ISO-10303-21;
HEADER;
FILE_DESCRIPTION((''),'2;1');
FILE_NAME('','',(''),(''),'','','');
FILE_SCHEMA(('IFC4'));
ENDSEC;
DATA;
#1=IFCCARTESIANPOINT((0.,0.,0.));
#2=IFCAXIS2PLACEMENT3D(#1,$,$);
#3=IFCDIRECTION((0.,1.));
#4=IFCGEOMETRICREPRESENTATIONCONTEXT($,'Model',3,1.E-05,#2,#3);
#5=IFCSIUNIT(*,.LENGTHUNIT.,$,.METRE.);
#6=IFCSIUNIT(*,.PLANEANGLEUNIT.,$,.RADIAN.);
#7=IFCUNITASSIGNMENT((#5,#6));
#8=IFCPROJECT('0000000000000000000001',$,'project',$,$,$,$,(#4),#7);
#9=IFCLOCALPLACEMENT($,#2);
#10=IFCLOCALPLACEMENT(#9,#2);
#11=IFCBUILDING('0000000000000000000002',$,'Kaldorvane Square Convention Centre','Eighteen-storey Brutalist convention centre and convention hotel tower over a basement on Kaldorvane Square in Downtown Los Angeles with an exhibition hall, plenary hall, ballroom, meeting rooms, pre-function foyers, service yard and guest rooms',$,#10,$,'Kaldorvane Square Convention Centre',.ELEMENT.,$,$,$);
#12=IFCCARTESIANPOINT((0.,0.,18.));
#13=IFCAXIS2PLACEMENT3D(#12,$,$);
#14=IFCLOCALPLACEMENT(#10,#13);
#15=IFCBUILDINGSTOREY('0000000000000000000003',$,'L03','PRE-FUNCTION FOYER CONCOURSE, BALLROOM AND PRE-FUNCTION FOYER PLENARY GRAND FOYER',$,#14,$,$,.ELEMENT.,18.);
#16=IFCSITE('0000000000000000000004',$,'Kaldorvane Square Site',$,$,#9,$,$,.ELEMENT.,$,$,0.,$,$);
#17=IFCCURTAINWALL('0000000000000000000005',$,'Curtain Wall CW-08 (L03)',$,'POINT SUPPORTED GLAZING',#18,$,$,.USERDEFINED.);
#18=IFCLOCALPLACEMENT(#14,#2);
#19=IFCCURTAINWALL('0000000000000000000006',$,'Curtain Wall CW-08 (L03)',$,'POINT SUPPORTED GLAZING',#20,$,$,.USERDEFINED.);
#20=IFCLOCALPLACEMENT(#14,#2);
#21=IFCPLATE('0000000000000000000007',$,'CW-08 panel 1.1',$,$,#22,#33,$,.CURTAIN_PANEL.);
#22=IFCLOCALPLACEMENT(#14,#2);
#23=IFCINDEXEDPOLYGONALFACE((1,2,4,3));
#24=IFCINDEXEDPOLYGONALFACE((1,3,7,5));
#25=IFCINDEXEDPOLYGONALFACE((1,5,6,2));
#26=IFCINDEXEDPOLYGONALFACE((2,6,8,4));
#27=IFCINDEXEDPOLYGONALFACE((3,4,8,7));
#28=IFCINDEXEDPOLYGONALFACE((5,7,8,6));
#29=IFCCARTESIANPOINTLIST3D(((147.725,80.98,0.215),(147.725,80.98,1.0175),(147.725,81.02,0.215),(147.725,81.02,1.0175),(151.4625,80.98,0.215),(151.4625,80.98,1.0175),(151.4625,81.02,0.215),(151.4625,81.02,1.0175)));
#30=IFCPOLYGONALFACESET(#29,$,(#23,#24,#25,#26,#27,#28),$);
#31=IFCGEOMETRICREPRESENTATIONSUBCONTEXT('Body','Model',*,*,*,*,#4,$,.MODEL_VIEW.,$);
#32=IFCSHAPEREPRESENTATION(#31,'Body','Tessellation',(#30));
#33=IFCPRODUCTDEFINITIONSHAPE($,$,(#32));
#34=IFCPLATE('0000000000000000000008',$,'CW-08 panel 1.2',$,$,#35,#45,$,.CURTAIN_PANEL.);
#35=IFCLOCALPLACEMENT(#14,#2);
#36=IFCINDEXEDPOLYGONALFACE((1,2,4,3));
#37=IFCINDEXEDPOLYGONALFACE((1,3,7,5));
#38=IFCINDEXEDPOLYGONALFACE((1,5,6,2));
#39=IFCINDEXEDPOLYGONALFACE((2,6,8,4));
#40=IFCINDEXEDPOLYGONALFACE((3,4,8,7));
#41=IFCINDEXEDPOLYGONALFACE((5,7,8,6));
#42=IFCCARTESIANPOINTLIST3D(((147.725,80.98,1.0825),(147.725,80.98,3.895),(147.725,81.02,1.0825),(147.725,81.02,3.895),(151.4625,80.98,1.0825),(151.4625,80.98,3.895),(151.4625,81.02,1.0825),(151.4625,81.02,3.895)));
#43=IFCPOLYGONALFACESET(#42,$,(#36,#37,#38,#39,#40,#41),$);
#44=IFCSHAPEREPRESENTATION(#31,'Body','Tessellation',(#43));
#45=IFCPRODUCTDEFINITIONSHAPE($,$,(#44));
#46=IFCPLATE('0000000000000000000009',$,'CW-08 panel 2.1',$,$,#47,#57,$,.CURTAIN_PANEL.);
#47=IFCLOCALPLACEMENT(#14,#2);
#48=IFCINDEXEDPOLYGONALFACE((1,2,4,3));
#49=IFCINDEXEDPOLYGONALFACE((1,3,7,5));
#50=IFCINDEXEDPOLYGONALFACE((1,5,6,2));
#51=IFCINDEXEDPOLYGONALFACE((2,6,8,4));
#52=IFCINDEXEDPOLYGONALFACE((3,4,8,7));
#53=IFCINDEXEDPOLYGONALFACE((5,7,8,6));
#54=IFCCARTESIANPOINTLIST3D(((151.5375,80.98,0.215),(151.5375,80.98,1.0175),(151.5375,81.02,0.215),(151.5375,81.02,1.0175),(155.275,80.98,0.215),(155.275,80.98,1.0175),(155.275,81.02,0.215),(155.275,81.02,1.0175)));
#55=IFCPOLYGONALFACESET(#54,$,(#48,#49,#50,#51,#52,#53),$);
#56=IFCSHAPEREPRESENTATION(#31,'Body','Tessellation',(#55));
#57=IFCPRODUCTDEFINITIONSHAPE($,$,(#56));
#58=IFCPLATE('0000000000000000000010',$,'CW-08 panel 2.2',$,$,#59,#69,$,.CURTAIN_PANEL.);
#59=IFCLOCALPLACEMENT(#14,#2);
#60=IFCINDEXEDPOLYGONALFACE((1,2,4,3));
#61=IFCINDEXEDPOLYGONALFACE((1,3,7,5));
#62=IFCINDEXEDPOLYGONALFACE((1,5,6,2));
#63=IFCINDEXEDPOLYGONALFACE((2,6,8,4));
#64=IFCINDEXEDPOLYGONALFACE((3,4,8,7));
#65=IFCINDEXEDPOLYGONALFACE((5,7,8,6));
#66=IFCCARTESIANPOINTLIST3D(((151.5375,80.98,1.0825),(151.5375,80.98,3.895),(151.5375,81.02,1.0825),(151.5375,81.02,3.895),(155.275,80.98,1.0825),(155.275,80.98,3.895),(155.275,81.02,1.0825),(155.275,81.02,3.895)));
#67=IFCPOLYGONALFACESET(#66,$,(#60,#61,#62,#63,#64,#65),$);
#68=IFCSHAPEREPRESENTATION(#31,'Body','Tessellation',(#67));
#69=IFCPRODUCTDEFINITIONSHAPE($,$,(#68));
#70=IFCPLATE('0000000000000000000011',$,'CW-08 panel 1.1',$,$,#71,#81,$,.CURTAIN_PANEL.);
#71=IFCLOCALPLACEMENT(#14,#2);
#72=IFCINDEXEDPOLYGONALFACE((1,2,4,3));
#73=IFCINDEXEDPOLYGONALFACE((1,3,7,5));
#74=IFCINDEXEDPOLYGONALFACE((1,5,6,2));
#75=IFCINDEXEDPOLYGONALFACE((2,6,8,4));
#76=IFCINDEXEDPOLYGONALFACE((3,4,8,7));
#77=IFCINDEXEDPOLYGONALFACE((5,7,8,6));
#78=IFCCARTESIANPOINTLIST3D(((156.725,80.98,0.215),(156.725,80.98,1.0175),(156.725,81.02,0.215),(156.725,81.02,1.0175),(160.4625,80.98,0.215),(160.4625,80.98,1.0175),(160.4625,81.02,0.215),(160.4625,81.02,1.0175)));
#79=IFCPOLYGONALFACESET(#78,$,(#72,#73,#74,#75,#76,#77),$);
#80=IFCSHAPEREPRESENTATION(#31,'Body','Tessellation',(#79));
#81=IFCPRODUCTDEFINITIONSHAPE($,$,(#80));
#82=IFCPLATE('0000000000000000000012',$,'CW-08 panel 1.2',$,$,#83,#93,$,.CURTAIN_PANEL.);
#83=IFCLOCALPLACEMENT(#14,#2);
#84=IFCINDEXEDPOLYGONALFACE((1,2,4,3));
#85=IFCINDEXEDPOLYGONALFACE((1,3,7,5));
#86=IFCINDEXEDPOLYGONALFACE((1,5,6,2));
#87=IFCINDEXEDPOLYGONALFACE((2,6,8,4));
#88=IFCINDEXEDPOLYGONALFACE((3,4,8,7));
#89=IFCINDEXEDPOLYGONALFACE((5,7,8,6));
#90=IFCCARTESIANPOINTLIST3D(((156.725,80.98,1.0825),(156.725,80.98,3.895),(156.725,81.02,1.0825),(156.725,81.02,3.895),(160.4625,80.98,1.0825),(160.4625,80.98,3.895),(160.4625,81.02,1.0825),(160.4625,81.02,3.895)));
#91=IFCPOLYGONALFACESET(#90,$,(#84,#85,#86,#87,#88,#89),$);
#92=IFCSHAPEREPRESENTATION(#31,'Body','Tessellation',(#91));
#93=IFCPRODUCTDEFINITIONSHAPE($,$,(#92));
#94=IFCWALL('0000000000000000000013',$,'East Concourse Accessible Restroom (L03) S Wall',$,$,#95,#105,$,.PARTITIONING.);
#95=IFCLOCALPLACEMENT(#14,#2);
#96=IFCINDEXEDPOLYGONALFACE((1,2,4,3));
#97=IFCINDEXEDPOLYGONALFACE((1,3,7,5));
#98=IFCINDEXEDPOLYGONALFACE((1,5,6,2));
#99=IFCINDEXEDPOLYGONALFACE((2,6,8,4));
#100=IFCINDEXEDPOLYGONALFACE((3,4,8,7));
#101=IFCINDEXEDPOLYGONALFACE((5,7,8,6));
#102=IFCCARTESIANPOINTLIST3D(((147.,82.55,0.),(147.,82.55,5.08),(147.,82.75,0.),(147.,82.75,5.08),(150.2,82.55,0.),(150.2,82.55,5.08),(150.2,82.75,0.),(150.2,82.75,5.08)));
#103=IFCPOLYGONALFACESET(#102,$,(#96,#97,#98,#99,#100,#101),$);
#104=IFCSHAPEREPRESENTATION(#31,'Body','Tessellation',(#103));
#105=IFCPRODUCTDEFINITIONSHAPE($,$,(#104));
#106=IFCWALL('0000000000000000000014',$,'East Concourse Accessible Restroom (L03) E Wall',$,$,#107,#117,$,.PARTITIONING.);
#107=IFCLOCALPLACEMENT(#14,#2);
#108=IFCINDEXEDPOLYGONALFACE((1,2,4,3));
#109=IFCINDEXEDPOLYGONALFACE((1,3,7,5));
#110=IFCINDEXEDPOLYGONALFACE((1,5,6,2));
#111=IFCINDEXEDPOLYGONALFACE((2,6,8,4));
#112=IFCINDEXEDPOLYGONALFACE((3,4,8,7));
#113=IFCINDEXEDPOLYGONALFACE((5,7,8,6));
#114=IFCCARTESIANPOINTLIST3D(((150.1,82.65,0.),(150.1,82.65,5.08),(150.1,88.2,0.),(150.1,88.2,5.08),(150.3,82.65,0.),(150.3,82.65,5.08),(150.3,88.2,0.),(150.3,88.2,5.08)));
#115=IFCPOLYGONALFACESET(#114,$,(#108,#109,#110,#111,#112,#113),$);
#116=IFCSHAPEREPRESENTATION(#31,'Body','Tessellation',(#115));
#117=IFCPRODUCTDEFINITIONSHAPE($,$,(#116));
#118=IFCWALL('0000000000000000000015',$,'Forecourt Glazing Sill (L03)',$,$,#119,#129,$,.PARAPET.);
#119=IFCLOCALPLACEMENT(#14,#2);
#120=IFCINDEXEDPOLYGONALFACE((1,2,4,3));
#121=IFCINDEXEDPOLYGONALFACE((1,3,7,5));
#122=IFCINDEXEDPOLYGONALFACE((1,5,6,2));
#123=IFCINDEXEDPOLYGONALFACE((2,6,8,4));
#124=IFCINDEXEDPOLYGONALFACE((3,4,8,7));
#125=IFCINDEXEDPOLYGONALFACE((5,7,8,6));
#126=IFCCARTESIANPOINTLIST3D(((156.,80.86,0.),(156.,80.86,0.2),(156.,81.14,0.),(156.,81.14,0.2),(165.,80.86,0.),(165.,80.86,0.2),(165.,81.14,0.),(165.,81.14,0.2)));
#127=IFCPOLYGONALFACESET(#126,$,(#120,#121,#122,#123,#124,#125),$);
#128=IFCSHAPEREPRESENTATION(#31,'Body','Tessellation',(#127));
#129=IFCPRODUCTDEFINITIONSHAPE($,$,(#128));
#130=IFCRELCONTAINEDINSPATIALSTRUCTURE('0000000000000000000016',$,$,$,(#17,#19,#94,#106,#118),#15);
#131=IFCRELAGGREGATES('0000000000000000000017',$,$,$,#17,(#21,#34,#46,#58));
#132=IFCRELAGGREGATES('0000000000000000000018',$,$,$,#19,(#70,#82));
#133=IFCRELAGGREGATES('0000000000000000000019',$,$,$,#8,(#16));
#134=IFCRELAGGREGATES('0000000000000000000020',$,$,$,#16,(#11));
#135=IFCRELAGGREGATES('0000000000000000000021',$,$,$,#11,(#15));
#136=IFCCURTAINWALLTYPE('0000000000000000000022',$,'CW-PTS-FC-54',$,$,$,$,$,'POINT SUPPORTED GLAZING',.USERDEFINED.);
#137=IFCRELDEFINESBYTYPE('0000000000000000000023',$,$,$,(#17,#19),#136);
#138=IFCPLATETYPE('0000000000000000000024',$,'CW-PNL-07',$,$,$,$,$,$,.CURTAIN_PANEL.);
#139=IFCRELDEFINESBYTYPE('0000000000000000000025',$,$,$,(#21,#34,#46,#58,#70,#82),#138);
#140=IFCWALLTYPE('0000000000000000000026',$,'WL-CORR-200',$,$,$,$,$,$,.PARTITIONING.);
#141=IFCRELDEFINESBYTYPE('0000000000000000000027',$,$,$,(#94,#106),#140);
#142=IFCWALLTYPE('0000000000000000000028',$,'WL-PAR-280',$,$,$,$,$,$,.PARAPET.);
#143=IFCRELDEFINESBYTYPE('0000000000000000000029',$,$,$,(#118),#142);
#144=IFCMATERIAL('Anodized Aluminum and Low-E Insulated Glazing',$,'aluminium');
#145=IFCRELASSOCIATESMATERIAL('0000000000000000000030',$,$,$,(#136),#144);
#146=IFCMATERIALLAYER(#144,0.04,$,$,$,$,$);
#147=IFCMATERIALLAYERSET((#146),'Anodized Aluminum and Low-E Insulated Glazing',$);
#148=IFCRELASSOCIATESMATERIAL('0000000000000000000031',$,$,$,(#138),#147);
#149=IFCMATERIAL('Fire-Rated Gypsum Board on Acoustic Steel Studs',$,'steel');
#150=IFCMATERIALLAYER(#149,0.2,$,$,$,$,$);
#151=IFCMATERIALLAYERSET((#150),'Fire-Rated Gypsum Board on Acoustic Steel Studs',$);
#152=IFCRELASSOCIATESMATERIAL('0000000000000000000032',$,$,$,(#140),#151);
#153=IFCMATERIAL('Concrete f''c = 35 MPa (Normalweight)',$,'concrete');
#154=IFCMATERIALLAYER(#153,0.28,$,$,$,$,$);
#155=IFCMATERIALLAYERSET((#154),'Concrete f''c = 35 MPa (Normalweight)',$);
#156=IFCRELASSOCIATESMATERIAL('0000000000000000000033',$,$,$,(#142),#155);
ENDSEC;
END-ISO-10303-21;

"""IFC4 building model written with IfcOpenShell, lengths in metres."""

from ifc_helpers import new_model, si_unit, direction, frame, frame_2d, origin, origin_2d, place, context, subcontext, project, spatial, rectangle, extrude, material, layer, layer_set, type_object, element, aggregate, save


model = new_model("IFC4")

# Units and contexts
model_context = context("Model", 3, precision=1e-05, world=origin(), true_north=direction((0.0, 1.0)))
body_context = subcontext(model_context, "Body", "Model", "MODEL_VIEW")
ifc_project = project(units=[si_unit("LENGTHUNIT", "METRE"), si_unit("PLANEANGLEUNIT", "RADIAN")], contexts=[model_context])

# Site, building, storey
site_placement = place(None, origin())
site = spatial("IfcSite", under=ifc_project, at=site_placement, Name="Kaldorvane Square Site", CompositionType="ELEMENT", RefElevation=0.0)
building_placement = place(site_placement, origin())
building = spatial("IfcBuilding", under=site, at=building_placement, Name="Kaldorvane Square Convention Centre", Description="Eighteen-storey Brutalist convention centre and convention hotel tower over a basement on Kaldorvane Square in Downtown Los Angeles with an exhibition hall, plenary hall, ballroom, meeting rooms, pre-function foyers, service yard and guest rooms", LongName="Kaldorvane Square Convention Centre", CompositionType="ELEMENT")
storey_placement = place(building_placement, frame((0.0, 0.0, 18.0)))
storey = spatial("IfcBuildingStorey", under=building, at=storey_placement, Name="L03", Description="PRE-FUNCTION FOYER CONCOURSE, BALLROOM AND PRE-FUNCTION FOYER PLENARY GRAND FOYER", CompositionType="ELEMENT", Elevation=18.0)

# Curtain wall
ifc_material_1 = material(Name="Anodized Aluminum and Low-E Insulated Glazing", Category="aluminium")
curtain_wall_type = type_object("IfcCurtainWallType", Name="CW-PTS-FC-54", ElementType="POINT SUPPORTED GLAZING", PredefinedType="USERDEFINED", material=ifc_material_1)
curtain_wall_1_placement = place(storey_placement, origin())
curtain_wall_1 = element("IfcCurtainWall", 1, at=curtain_wall_1_placement, inside=storey, type_object=curtain_wall_type, Name="Curtain Wall CW-08 (L03)", ObjectType="POINT SUPPORTED GLAZING", PredefinedType="USERDEFINED")

# Curtain wall
curtain_wall_2_placement = place(storey_placement, origin())
curtain_wall_2 = element("IfcCurtainWall", 2, at=curtain_wall_2_placement, inside=storey, type_object=curtain_wall_type, Name="Curtain Wall CW-08 (L03)", ObjectType="POINT SUPPORTED GLAZING", PredefinedType="USERDEFINED")

# Plates
ifc_layer_1 = layer(ifc_material_1, 0.04)
ifc_layer_set_1 = layer_set([ifc_layer_1], Name="Anodized Aluminum and Low-E Insulated Glazing")
plate_type = type_object("IfcPlateType", Name="CW-PNL-07", PredefinedType="CURTAIN_PANEL", material=ifc_layer_set_1)
plate_1_placement = place(storey_placement, frame((149.5938, 81.0, 0.215), z_axis=(0.0, 0.0, 1.0), x_axis=(1.0, 0.0, 0.0)))
plate_1 = element("IfcPlate", 3, at=plate_1_placement, type_object=plate_type, Name="CW-08 panel 1.1", PredefinedType="CURTAIN_PANEL", context=body_context, shape_type="SweptSolid", body=[
    extrude(rectangle(XDim=3.7375, YDim=0.04, at=origin_2d()), origin(), (0.0, 0.0, 1.0), 0.8025),
])
plate_2_placement = place(storey_placement, frame((149.5938, 81.0, 1.0825), z_axis=(0.0, 0.0, 1.0), x_axis=(1.0, 0.0, 0.0)))
plate_2 = element("IfcPlate", 4, at=plate_2_placement, type_object=plate_type, Name="CW-08 panel 1.2", PredefinedType="CURTAIN_PANEL", context=body_context, shape_type="SweptSolid", body=[
    extrude(rectangle(XDim=3.7375, YDim=0.04, at=origin_2d()), origin(), (0.0, 0.0, 1.0), 2.8125),
])
plate_3_placement = place(storey_placement, frame((153.4062, 81.0, 0.215), z_axis=(0.0, 0.0, 1.0), x_axis=(1.0, 0.0, 0.0)))
plate_3 = element("IfcPlate", 5, at=plate_3_placement, type_object=plate_type, Name="CW-08 panel 2.1", PredefinedType="CURTAIN_PANEL", context=body_context, shape_type="SweptSolid", body=[
    extrude(rectangle(XDim=3.7375, YDim=0.04, at=origin_2d()), origin(), (0.0, 0.0, 1.0), 0.8025),
])
plate_4_placement = place(storey_placement, frame((153.4062, 81.0, 1.0825), z_axis=(0.0, 0.0, 1.0), x_axis=(1.0, 0.0, 0.0)))
plate_4 = element("IfcPlate", 6, at=plate_4_placement, type_object=plate_type, Name="CW-08 panel 2.2", PredefinedType="CURTAIN_PANEL", context=body_context, shape_type="SweptSolid", body=[
    extrude(rectangle(XDim=3.7375, YDim=0.04, at=origin_2d()), origin(), (0.0, 0.0, 1.0), 2.8125),
])
aggregate(curtain_wall_1, [plate_1, plate_2, plate_3, plate_4])
plate_5_placement = place(storey_placement, frame((158.5938, 81.0, 0.215), z_axis=(0.0, 0.0, 1.0), x_axis=(1.0, 0.0, 0.0)))
plate_5 = element("IfcPlate", 7, at=plate_5_placement, type_object=plate_type, Name="CW-08 panel 1.1", PredefinedType="CURTAIN_PANEL", context=body_context, shape_type="SweptSolid", body=[
    extrude(rectangle(XDim=3.7375, YDim=0.04, at=origin_2d()), origin(), (0.0, 0.0, 1.0), 0.8025),
])
plate_6_placement = place(storey_placement, frame((158.5938, 81.0, 1.0825), z_axis=(0.0, 0.0, 1.0), x_axis=(1.0, 0.0, 0.0)))
plate_6 = element("IfcPlate", 8, at=plate_6_placement, type_object=plate_type, Name="CW-08 panel 1.2", PredefinedType="CURTAIN_PANEL", context=body_context, shape_type="SweptSolid", body=[
    extrude(rectangle(XDim=3.7375, YDim=0.04, at=origin_2d()), origin(), (0.0, 0.0, 1.0), 2.8125),
])
aggregate(curtain_wall_2, [plate_5, plate_6])

# Walls
ifc_material_2 = material(Name="Fire-Rated Gypsum Board on Acoustic Steel Studs", Category="steel")
ifc_layer_2 = layer(ifc_material_2, 0.2)
ifc_layer_set_2 = layer_set([ifc_layer_2], Name="Fire-Rated Gypsum Board on Acoustic Steel Studs")
wall_type_1 = type_object("IfcWallType", Name="WL-CORR-200", PredefinedType="PARTITIONING", material=ifc_layer_set_2)
wall_1_placement = place(storey_placement, frame((147.0, 82.65, 0.0), z_axis=(0.0, 0.0, 1.0), x_axis=(1.0, 0.0, 0.0)))
element("IfcWall", 9, at=wall_1_placement, inside=storey, type_object=wall_type_1, Name="East Concourse Accessible Restroom (L03) S Wall", PredefinedType="PARTITIONING", context=body_context, shape_type="SweptSolid", body=[
    extrude(rectangle(XDim=3.2, YDim=0.2, at=frame_2d((1.6, 0.0))), origin(), (0.0, 0.0, 1.0), 5.08),
])
wall_2_placement = place(storey_placement, frame((150.2, 82.65, 0.0), z_axis=(0.0, 0.0, 1.0), x_axis=(0.0, 1.0, 0.0)))
element("IfcWall", 10, at=wall_2_placement, inside=storey, type_object=wall_type_1, Name="East Concourse Accessible Restroom (L03) E Wall", PredefinedType="PARTITIONING", context=body_context, shape_type="SweptSolid", body=[
    extrude(rectangle(XDim=5.55, YDim=0.2, at=frame_2d((2.775, 0.0))), origin(), (0.0, 0.0, 1.0), 5.08),
])
ifc_material_3 = material(Name="Concrete f'c = 35 MPa (Normalweight)", Category="concrete")
ifc_layer_3 = layer(ifc_material_3, 0.28)
ifc_layer_set_3 = layer_set([ifc_layer_3], Name="Concrete f'c = 35 MPa (Normalweight)")
wall_type_2 = type_object("IfcWallType", Name="WL-PAR-280", PredefinedType="PARAPET", material=ifc_layer_set_3)
wall_3_placement = place(storey_placement, frame((156.0, 81.0, 0.0), z_axis=(0.0, 0.0, 1.0), x_axis=(1.0, 0.0, 0.0)))
element("IfcWall", 11, at=wall_3_placement, inside=storey, type_object=wall_type_2, Name="Forecourt Glazing Sill (L03)", PredefinedType="PARAPET", context=body_context, shape_type="SweptSolid", body=[
    extrude(rectangle(XDim=9.0, YDim=0.28, at=frame_2d((4.5, 0.0))), origin(), (0.0, 0.0, 1.0), 0.2),
])

save(model, "model.ifc")
